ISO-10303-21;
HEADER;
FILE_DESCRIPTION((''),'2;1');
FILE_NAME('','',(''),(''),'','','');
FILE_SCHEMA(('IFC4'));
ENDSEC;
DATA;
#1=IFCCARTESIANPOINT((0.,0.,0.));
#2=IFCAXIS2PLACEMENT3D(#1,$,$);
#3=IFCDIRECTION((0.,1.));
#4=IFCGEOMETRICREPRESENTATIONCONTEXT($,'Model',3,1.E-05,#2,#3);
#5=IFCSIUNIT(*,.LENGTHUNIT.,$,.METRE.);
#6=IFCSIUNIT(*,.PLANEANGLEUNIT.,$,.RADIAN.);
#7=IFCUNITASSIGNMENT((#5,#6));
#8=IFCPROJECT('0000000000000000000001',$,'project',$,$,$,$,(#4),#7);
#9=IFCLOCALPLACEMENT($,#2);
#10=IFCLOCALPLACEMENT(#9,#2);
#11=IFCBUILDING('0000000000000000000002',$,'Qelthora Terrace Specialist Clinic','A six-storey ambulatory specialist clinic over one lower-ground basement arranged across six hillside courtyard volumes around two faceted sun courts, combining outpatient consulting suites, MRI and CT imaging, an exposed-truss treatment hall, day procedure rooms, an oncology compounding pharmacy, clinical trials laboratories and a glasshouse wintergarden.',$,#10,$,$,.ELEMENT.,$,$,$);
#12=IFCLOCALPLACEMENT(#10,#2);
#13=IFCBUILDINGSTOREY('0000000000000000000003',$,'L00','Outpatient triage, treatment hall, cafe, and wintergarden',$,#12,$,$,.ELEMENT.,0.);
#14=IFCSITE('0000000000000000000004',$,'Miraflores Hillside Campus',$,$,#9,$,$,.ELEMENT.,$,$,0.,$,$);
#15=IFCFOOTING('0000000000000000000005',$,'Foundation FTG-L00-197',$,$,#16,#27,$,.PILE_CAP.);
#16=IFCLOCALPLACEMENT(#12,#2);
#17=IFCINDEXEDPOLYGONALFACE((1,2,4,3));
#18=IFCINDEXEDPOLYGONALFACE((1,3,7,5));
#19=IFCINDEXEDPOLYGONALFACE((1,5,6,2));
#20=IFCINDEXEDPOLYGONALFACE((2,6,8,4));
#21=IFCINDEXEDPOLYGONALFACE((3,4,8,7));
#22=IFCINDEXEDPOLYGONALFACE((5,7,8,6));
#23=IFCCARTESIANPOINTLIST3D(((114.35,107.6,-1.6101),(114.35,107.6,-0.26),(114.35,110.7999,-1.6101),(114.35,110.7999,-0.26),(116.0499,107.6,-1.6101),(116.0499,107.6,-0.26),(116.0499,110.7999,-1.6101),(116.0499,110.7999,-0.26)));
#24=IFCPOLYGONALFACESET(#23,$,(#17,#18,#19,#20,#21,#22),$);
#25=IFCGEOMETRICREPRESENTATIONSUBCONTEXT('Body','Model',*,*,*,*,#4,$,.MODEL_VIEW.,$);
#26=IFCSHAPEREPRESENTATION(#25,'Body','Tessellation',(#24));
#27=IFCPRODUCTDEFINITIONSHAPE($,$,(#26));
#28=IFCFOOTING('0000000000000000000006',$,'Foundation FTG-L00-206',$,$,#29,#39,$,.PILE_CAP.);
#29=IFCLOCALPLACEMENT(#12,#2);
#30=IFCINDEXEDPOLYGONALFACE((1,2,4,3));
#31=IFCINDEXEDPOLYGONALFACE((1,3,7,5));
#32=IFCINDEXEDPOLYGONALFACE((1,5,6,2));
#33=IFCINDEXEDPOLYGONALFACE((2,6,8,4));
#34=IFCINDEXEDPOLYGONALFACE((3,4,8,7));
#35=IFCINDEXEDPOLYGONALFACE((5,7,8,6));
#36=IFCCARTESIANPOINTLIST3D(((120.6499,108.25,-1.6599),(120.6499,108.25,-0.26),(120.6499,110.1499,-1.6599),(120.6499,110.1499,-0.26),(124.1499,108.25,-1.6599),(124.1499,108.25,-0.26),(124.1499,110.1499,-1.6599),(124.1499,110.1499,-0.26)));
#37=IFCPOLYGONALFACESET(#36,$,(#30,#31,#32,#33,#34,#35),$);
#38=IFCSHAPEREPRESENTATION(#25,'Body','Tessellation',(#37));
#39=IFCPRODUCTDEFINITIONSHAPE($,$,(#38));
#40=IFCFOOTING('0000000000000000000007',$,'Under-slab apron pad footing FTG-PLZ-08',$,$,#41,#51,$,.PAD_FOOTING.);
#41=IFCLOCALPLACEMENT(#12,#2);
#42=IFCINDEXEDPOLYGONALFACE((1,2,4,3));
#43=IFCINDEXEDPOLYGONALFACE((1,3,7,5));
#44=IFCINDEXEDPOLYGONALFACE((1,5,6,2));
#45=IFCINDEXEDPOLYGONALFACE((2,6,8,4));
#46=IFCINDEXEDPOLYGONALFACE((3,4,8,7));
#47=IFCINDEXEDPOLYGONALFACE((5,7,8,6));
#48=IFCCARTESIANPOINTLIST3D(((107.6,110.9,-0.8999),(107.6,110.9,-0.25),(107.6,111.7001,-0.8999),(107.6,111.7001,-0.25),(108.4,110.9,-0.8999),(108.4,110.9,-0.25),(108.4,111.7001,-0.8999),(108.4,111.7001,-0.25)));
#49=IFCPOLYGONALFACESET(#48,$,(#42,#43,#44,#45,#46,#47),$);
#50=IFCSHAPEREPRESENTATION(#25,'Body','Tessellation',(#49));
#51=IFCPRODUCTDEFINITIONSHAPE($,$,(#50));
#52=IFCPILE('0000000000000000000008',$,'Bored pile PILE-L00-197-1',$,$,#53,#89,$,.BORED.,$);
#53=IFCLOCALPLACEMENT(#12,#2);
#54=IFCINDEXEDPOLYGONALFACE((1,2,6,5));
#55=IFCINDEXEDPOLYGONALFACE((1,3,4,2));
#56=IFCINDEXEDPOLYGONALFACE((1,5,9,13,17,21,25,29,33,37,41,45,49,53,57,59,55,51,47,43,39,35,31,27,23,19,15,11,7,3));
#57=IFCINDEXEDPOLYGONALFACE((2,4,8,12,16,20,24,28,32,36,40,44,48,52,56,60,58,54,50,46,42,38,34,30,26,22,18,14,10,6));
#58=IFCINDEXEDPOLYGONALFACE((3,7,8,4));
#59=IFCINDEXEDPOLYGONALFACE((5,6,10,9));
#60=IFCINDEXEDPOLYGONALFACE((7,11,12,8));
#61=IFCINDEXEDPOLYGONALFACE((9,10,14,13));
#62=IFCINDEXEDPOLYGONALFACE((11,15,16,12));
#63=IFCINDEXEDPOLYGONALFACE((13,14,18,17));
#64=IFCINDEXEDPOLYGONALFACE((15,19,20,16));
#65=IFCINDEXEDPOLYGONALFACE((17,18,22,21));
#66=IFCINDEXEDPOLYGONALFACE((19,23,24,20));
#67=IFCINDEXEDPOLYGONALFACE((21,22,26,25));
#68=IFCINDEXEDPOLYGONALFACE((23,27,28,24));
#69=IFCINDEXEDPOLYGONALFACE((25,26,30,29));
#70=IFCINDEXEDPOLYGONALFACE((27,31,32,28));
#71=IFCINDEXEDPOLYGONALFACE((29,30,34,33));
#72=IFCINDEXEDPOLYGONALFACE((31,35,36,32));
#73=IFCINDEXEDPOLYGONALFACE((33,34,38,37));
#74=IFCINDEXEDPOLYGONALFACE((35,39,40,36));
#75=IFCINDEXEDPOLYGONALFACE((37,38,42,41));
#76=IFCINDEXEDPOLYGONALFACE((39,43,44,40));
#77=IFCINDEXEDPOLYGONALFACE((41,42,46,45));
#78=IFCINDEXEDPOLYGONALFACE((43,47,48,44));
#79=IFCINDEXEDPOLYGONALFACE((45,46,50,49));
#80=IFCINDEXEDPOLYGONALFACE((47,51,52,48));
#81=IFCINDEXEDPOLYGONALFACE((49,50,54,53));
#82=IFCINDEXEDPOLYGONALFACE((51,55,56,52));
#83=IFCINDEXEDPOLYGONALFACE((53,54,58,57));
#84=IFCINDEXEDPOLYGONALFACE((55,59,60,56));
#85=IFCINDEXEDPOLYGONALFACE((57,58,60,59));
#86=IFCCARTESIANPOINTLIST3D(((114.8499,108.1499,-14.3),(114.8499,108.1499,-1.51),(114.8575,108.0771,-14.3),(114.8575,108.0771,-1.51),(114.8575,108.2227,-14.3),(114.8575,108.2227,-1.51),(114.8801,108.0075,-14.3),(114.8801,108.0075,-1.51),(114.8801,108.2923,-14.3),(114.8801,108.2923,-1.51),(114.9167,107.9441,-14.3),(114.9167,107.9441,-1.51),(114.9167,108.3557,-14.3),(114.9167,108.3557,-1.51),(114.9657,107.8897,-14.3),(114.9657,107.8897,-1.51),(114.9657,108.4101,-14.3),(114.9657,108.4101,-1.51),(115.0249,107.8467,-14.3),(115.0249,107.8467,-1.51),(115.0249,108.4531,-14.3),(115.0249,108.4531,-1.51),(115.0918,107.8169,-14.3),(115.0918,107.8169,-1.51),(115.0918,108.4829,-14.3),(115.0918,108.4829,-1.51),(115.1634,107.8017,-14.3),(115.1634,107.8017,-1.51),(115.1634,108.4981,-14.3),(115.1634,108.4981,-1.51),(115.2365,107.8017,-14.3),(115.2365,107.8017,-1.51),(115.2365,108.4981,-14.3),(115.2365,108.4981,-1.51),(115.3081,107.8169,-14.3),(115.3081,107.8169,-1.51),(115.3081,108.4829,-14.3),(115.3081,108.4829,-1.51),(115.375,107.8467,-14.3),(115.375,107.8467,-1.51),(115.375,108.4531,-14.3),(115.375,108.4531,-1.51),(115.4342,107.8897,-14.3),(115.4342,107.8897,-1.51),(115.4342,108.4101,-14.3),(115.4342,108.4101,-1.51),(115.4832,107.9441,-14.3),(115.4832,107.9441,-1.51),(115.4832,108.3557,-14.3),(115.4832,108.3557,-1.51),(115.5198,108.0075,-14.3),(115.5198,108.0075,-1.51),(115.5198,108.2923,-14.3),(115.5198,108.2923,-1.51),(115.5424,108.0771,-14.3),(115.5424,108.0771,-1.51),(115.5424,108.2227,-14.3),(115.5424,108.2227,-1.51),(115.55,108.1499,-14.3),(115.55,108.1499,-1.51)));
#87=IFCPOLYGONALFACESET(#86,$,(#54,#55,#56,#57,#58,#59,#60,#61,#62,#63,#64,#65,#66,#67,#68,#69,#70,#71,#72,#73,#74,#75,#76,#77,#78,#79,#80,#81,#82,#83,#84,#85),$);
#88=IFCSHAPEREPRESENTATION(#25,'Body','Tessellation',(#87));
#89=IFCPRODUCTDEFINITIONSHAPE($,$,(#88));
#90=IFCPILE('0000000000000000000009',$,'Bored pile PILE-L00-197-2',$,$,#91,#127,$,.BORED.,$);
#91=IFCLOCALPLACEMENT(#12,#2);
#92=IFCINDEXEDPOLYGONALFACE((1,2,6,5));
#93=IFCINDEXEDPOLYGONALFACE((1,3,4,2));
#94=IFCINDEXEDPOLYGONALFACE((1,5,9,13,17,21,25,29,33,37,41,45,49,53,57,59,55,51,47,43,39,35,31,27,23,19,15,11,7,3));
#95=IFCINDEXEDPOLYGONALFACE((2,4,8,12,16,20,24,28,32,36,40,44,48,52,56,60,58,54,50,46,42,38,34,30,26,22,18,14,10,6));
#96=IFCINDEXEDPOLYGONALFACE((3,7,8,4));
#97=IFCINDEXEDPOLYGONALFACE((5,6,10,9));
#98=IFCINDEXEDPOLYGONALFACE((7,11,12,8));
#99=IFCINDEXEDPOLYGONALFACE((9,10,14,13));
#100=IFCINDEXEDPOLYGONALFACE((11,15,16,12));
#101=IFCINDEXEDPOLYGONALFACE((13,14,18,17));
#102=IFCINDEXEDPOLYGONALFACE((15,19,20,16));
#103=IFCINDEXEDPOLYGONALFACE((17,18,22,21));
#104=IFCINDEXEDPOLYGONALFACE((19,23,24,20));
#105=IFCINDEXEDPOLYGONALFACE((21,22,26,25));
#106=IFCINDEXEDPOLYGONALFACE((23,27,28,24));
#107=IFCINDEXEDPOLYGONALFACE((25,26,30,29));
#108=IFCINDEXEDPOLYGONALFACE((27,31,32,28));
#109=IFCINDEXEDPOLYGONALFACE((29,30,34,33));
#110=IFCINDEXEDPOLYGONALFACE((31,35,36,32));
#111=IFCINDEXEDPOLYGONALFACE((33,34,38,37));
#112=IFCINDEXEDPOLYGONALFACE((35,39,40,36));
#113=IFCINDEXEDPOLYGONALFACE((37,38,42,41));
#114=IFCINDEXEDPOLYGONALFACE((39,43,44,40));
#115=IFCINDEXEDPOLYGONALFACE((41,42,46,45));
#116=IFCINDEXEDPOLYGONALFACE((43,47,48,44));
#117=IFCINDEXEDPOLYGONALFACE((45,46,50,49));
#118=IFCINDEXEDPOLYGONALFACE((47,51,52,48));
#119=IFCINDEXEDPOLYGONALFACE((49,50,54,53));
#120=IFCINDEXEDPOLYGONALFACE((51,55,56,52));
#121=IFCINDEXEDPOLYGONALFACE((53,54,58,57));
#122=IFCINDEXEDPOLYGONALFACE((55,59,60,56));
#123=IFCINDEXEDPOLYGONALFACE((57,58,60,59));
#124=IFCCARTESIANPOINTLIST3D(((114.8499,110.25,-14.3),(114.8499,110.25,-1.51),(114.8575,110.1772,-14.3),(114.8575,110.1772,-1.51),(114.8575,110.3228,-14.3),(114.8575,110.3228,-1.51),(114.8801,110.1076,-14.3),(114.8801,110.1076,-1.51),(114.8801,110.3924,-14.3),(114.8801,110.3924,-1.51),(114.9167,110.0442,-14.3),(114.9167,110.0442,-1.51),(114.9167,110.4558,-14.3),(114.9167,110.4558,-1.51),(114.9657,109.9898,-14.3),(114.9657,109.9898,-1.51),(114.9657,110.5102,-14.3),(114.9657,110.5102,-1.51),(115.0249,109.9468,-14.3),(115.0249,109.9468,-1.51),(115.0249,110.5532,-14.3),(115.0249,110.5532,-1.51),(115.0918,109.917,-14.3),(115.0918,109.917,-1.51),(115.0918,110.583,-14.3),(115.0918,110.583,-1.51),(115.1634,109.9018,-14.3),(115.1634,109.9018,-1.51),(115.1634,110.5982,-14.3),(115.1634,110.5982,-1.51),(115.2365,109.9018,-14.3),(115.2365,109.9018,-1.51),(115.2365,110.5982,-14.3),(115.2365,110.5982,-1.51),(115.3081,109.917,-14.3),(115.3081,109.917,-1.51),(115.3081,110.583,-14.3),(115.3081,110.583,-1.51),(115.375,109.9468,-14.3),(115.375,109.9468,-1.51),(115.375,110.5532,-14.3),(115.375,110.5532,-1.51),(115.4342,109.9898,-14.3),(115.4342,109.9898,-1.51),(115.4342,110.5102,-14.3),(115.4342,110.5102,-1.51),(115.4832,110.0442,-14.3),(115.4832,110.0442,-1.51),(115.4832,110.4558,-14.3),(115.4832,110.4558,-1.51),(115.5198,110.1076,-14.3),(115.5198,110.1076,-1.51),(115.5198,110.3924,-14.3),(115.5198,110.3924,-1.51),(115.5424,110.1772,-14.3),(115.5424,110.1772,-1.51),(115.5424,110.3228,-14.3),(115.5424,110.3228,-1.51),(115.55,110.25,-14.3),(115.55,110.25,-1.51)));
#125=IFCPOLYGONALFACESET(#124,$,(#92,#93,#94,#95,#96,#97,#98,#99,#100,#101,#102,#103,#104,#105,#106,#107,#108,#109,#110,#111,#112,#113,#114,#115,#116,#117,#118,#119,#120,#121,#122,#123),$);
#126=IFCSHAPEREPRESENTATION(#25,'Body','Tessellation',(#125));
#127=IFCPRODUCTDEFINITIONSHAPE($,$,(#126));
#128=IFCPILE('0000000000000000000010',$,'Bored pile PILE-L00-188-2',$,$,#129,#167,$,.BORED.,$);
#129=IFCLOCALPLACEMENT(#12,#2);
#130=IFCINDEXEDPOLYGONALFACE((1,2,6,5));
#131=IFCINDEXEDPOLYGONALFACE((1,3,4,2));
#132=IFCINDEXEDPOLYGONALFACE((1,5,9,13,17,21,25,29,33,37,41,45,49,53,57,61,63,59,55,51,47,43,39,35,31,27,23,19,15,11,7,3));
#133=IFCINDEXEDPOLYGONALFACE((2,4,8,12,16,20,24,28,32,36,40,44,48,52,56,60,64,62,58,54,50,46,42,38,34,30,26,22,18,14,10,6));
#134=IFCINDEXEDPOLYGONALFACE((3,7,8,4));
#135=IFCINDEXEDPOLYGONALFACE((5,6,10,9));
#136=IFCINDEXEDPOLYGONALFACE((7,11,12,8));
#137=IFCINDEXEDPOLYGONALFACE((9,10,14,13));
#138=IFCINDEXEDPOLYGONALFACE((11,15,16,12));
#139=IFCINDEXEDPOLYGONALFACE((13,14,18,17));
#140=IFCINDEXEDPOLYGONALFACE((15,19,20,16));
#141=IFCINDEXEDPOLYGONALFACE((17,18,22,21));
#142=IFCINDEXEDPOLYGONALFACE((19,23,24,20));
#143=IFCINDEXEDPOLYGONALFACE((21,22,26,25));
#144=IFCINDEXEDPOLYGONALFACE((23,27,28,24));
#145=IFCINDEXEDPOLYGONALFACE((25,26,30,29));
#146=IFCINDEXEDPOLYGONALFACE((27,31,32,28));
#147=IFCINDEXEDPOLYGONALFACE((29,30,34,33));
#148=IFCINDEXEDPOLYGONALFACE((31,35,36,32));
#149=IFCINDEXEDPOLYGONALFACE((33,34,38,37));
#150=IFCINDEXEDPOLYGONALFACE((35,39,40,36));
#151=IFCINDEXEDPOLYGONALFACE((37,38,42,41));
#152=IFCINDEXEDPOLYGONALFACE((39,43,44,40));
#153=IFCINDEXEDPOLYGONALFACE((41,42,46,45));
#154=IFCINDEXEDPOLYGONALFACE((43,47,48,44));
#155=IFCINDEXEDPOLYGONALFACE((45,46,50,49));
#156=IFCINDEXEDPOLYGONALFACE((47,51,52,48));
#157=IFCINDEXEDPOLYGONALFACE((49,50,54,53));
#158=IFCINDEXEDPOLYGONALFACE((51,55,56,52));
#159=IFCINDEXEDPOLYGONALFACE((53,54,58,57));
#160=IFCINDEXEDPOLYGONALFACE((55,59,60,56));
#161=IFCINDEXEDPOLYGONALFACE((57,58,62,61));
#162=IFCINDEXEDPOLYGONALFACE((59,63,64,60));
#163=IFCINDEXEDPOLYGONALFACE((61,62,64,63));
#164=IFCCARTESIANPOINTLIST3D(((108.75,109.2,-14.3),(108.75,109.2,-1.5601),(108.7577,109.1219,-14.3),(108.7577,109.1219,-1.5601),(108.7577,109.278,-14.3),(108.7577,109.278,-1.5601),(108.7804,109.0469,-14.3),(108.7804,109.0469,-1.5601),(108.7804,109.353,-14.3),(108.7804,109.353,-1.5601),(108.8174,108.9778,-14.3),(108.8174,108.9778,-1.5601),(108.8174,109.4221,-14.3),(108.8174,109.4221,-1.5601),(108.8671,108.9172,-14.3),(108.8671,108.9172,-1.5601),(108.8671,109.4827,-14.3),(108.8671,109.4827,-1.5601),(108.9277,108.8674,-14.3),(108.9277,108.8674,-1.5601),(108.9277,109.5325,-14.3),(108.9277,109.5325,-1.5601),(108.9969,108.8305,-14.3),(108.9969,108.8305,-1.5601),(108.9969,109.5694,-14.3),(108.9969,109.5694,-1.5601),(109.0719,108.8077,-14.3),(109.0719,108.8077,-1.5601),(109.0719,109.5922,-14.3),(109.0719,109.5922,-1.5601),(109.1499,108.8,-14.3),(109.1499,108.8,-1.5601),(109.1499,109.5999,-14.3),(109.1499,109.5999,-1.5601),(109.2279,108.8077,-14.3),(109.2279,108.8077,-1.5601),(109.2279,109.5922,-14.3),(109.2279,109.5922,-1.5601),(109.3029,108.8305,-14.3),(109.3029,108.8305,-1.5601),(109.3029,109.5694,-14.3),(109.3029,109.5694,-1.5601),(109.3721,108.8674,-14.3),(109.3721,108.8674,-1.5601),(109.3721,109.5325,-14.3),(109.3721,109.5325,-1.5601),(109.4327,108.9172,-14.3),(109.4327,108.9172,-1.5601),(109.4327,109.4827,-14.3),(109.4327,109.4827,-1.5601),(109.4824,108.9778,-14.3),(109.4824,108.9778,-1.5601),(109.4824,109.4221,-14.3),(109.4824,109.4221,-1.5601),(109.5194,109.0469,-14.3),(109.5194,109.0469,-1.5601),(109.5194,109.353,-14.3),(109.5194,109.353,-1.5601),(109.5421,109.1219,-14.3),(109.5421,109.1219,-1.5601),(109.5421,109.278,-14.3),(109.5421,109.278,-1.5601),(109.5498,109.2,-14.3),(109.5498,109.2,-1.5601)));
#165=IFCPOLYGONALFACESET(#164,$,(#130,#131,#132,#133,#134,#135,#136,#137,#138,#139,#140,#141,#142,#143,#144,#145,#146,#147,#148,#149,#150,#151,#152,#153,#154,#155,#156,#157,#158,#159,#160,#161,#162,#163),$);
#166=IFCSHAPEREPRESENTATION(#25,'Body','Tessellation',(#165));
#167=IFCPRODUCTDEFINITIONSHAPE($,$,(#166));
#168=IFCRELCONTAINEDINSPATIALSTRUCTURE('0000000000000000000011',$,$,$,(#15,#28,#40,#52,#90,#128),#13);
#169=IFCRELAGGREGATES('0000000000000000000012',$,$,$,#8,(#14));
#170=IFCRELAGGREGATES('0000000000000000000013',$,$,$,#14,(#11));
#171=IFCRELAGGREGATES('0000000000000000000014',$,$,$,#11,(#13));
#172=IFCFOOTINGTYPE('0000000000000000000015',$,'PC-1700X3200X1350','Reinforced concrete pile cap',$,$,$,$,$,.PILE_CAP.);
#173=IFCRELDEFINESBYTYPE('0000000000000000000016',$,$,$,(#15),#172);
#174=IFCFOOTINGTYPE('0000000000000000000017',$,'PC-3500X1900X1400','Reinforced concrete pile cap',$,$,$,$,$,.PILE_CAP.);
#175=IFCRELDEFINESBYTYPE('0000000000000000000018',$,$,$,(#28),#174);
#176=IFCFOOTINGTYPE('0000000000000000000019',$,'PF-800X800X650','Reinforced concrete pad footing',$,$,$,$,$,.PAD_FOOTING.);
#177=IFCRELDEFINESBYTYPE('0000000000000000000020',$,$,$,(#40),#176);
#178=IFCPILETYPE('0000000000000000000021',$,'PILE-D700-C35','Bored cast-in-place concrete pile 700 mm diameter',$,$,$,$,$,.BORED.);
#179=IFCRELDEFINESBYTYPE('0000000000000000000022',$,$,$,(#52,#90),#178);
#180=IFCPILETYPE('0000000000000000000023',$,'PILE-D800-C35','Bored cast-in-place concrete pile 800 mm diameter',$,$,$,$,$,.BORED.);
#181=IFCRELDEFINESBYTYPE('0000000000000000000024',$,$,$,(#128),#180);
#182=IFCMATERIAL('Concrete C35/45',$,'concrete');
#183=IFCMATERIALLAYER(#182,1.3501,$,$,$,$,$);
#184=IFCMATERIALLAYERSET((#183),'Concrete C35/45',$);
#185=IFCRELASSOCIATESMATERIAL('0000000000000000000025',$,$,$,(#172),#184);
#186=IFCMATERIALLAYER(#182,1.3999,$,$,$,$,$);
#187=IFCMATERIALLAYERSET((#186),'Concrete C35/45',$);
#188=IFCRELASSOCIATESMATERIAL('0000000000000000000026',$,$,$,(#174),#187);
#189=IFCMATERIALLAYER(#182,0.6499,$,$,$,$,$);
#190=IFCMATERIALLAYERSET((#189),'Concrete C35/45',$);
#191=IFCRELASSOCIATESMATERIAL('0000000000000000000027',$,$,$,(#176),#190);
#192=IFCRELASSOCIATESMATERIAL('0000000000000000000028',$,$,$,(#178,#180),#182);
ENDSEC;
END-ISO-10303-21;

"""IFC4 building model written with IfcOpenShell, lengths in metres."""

from ifc_helpers import new_model, si_unit, direction, frame, origin, origin_2d, place, context, subcontext, project, spatial, rectangle, circle, extrude, material, layer, layer_set, material_profile, profile_set, type_object, element, save


model = new_model("IFC4")

# Units and contexts
model_context = context("Model", 3, precision=1e-05, world=origin(), true_north=direction((0.0, 1.0)))
body_context = subcontext(model_context, "Body", "Model", "MODEL_VIEW")
ifc_project = project(units=[si_unit("LENGTHUNIT", "METRE"), si_unit("PLANEANGLEUNIT", "RADIAN")], contexts=[model_context])

# Site, building, storey
site_placement = place(None, origin())
site = spatial("IfcSite", under=ifc_project, at=site_placement, Name="Miraflores Hillside Campus", CompositionType="ELEMENT", RefElevation=0.0)
building_placement = place(site_placement, origin())
building = spatial("IfcBuilding", under=site, at=building_placement, Name="Qelthora Terrace Specialist Clinic", Description="A six-storey ambulatory specialist clinic over one lower-ground basement arranged across six hillside courtyard volumes around two faceted sun courts, combining outpatient consulting suites, MRI and CT imaging, an exposed-truss treatment hall, day procedure rooms, an oncology compounding pharmacy, clinical trials laboratories and a glasshouse wintergarden.", CompositionType="ELEMENT")
storey_placement = place(building_placement, origin())
storey = spatial("IfcBuildingStorey", under=building, at=storey_placement, Name="L00", Description="Outpatient triage, treatment hall, cafe, and wintergarden", CompositionType="ELEMENT", Elevation=0.0)

# Footings
ifc_material_1 = material(Name="Concrete C35/45", Category="concrete")
ifc_layer_1 = layer(ifc_material_1, 1.3501)
ifc_layer_set_1 = layer_set([ifc_layer_1], Name="Concrete C35/45")
footing_type_1 = type_object("IfcFootingType", Name="PC-1700X3200X1350", Description="Reinforced concrete pile cap", PredefinedType="PILE_CAP", material=ifc_layer_set_1)
footing_1_placement = place(storey_placement, frame((115.2, 109.2, -1.6101), z_axis=(0.0, 0.0, 1.0), x_axis=(1.0, 0.0, 0.0)))
element("IfcFooting", 1, at=footing_1_placement, inside=storey, type_object=footing_type_1, Name="Foundation FTG-L00-197", PredefinedType="PILE_CAP", context=body_context, shape_type="SweptSolid", body=[
    extrude(rectangle(XDim=1.7, YDim=3.2, at=origin_2d()), origin(), (0.0, 0.0, 1.0), 1.3501),
])
ifc_layer_2 = layer(ifc_material_1, 1.3999)
ifc_layer_set_2 = layer_set([ifc_layer_2], Name="Concrete C35/45")
footing_type_2 = type_object("IfcFootingType", Name="PC-3500X1900X1400", Description="Reinforced concrete pile cap", PredefinedType="PILE_CAP", material=ifc_layer_set_2)
footing_2_placement = place(storey_placement, frame((122.3999, 109.2, -1.6599), z_axis=(0.0, 0.0, 1.0), x_axis=(1.0, 0.0, 0.0)))
element("IfcFooting", 2, at=footing_2_placement, inside=storey, type_object=footing_type_2, Name="Foundation FTG-L00-206", PredefinedType="PILE_CAP", context=body_context, shape_type="SweptSolid", body=[
    extrude(rectangle(XDim=3.5, YDim=1.8999, at=origin_2d()), origin(), (0.0, 0.0, 1.0), 1.3999),
])
ifc_layer_3 = layer(ifc_material_1, 0.6499)
ifc_layer_set_3 = layer_set([ifc_layer_3], Name="Concrete C35/45")
footing_type_3 = type_object("IfcFootingType", Name="PF-800X800X650", Description="Reinforced concrete pad footing", PredefinedType="PAD_FOOTING", material=ifc_layer_set_3)
footing_3_placement = place(storey_placement, frame((108.0, 111.3, -0.8999), z_axis=(0.0, 0.0, 1.0), x_axis=(1.0, 0.0, 0.0)))
element("IfcFooting", 3, at=footing_3_placement, inside=storey, type_object=footing_type_3, Name="Under-slab apron pad footing FTG-PLZ-08", PredefinedType="PAD_FOOTING", context=body_context, shape_type="SweptSolid", body=[
    extrude(rectangle(XDim=0.8, YDim=0.8, at=origin_2d()), origin(), (0.0, 0.0, 1.0), 0.6499),
])

# Piles
ifc_material_profile_1 = material_profile(ifc_material_1, circle(Radius=0.3501, at=origin_2d()), Name="PILE700")
ifc_profile_set_1 = profile_set([ifc_material_profile_1], Name="Concrete C35/45")
pile_type_1 = type_object("IfcPileType", Name="PILE-D700-C35", Description="Bored cast-in-place concrete pile 700 mm diameter", PredefinedType="BORED", material=ifc_profile_set_1)
for number, where, z_axis, x_axis, name in (
    (4, (115.2, 108.1499, -1.51), (0.0, 0.0, -1.0), (1.0, 0.0, 0.0), "Bored pile PILE-L00-197-1"),
    (5, (115.2, 110.25, -1.51), (0.0, 0.0, -1.0), (1.0, 0.0, 0.0), "Bored pile PILE-L00-197-2"),
):
    element("IfcPile", number, at=place(storey_placement, frame(where, z_axis=z_axis, x_axis=x_axis)), inside=storey, type_object=pile_type_1, Name=name, PredefinedType="BORED", context=body_context, shape_type="SweptSolid", body=[
        extrude(circle(Radius=0.3501, at=origin_2d()), origin(), (0.0, 0.0, 1.0), 12.79),
    ])
ifc_material_profile_2 = material_profile(ifc_material_1, circle(Radius=0.3999, at=origin_2d()), Name="PILE800")
ifc_profile_set_2 = profile_set([ifc_material_profile_2], Name="Concrete C35/45")
pile_type_2 = type_object("IfcPileType", Name="PILE-D800-C35", Description="Bored cast-in-place concrete pile 800 mm diameter", PredefinedType="BORED", material=ifc_profile_set_2)
for number, where, z_axis, x_axis, name in (
    (6, (109.1499, 109.2, -1.5601), (0.0, 0.0, -1.0), (1.0, 0.0, 0.0), "Bored pile PILE-L00-188-2"),
):
    element("IfcPile", number, at=place(storey_placement, frame(where, z_axis=z_axis, x_axis=x_axis)), inside=storey, type_object=pile_type_2, Name=name, PredefinedType="BORED", context=body_context, shape_type="SweptSolid", body=[
        extrude(circle(Radius=0.3999, at=origin_2d()), origin(), (0.0, 0.0, 1.0), 12.74),
    ])

save(model, "model.ifc")
